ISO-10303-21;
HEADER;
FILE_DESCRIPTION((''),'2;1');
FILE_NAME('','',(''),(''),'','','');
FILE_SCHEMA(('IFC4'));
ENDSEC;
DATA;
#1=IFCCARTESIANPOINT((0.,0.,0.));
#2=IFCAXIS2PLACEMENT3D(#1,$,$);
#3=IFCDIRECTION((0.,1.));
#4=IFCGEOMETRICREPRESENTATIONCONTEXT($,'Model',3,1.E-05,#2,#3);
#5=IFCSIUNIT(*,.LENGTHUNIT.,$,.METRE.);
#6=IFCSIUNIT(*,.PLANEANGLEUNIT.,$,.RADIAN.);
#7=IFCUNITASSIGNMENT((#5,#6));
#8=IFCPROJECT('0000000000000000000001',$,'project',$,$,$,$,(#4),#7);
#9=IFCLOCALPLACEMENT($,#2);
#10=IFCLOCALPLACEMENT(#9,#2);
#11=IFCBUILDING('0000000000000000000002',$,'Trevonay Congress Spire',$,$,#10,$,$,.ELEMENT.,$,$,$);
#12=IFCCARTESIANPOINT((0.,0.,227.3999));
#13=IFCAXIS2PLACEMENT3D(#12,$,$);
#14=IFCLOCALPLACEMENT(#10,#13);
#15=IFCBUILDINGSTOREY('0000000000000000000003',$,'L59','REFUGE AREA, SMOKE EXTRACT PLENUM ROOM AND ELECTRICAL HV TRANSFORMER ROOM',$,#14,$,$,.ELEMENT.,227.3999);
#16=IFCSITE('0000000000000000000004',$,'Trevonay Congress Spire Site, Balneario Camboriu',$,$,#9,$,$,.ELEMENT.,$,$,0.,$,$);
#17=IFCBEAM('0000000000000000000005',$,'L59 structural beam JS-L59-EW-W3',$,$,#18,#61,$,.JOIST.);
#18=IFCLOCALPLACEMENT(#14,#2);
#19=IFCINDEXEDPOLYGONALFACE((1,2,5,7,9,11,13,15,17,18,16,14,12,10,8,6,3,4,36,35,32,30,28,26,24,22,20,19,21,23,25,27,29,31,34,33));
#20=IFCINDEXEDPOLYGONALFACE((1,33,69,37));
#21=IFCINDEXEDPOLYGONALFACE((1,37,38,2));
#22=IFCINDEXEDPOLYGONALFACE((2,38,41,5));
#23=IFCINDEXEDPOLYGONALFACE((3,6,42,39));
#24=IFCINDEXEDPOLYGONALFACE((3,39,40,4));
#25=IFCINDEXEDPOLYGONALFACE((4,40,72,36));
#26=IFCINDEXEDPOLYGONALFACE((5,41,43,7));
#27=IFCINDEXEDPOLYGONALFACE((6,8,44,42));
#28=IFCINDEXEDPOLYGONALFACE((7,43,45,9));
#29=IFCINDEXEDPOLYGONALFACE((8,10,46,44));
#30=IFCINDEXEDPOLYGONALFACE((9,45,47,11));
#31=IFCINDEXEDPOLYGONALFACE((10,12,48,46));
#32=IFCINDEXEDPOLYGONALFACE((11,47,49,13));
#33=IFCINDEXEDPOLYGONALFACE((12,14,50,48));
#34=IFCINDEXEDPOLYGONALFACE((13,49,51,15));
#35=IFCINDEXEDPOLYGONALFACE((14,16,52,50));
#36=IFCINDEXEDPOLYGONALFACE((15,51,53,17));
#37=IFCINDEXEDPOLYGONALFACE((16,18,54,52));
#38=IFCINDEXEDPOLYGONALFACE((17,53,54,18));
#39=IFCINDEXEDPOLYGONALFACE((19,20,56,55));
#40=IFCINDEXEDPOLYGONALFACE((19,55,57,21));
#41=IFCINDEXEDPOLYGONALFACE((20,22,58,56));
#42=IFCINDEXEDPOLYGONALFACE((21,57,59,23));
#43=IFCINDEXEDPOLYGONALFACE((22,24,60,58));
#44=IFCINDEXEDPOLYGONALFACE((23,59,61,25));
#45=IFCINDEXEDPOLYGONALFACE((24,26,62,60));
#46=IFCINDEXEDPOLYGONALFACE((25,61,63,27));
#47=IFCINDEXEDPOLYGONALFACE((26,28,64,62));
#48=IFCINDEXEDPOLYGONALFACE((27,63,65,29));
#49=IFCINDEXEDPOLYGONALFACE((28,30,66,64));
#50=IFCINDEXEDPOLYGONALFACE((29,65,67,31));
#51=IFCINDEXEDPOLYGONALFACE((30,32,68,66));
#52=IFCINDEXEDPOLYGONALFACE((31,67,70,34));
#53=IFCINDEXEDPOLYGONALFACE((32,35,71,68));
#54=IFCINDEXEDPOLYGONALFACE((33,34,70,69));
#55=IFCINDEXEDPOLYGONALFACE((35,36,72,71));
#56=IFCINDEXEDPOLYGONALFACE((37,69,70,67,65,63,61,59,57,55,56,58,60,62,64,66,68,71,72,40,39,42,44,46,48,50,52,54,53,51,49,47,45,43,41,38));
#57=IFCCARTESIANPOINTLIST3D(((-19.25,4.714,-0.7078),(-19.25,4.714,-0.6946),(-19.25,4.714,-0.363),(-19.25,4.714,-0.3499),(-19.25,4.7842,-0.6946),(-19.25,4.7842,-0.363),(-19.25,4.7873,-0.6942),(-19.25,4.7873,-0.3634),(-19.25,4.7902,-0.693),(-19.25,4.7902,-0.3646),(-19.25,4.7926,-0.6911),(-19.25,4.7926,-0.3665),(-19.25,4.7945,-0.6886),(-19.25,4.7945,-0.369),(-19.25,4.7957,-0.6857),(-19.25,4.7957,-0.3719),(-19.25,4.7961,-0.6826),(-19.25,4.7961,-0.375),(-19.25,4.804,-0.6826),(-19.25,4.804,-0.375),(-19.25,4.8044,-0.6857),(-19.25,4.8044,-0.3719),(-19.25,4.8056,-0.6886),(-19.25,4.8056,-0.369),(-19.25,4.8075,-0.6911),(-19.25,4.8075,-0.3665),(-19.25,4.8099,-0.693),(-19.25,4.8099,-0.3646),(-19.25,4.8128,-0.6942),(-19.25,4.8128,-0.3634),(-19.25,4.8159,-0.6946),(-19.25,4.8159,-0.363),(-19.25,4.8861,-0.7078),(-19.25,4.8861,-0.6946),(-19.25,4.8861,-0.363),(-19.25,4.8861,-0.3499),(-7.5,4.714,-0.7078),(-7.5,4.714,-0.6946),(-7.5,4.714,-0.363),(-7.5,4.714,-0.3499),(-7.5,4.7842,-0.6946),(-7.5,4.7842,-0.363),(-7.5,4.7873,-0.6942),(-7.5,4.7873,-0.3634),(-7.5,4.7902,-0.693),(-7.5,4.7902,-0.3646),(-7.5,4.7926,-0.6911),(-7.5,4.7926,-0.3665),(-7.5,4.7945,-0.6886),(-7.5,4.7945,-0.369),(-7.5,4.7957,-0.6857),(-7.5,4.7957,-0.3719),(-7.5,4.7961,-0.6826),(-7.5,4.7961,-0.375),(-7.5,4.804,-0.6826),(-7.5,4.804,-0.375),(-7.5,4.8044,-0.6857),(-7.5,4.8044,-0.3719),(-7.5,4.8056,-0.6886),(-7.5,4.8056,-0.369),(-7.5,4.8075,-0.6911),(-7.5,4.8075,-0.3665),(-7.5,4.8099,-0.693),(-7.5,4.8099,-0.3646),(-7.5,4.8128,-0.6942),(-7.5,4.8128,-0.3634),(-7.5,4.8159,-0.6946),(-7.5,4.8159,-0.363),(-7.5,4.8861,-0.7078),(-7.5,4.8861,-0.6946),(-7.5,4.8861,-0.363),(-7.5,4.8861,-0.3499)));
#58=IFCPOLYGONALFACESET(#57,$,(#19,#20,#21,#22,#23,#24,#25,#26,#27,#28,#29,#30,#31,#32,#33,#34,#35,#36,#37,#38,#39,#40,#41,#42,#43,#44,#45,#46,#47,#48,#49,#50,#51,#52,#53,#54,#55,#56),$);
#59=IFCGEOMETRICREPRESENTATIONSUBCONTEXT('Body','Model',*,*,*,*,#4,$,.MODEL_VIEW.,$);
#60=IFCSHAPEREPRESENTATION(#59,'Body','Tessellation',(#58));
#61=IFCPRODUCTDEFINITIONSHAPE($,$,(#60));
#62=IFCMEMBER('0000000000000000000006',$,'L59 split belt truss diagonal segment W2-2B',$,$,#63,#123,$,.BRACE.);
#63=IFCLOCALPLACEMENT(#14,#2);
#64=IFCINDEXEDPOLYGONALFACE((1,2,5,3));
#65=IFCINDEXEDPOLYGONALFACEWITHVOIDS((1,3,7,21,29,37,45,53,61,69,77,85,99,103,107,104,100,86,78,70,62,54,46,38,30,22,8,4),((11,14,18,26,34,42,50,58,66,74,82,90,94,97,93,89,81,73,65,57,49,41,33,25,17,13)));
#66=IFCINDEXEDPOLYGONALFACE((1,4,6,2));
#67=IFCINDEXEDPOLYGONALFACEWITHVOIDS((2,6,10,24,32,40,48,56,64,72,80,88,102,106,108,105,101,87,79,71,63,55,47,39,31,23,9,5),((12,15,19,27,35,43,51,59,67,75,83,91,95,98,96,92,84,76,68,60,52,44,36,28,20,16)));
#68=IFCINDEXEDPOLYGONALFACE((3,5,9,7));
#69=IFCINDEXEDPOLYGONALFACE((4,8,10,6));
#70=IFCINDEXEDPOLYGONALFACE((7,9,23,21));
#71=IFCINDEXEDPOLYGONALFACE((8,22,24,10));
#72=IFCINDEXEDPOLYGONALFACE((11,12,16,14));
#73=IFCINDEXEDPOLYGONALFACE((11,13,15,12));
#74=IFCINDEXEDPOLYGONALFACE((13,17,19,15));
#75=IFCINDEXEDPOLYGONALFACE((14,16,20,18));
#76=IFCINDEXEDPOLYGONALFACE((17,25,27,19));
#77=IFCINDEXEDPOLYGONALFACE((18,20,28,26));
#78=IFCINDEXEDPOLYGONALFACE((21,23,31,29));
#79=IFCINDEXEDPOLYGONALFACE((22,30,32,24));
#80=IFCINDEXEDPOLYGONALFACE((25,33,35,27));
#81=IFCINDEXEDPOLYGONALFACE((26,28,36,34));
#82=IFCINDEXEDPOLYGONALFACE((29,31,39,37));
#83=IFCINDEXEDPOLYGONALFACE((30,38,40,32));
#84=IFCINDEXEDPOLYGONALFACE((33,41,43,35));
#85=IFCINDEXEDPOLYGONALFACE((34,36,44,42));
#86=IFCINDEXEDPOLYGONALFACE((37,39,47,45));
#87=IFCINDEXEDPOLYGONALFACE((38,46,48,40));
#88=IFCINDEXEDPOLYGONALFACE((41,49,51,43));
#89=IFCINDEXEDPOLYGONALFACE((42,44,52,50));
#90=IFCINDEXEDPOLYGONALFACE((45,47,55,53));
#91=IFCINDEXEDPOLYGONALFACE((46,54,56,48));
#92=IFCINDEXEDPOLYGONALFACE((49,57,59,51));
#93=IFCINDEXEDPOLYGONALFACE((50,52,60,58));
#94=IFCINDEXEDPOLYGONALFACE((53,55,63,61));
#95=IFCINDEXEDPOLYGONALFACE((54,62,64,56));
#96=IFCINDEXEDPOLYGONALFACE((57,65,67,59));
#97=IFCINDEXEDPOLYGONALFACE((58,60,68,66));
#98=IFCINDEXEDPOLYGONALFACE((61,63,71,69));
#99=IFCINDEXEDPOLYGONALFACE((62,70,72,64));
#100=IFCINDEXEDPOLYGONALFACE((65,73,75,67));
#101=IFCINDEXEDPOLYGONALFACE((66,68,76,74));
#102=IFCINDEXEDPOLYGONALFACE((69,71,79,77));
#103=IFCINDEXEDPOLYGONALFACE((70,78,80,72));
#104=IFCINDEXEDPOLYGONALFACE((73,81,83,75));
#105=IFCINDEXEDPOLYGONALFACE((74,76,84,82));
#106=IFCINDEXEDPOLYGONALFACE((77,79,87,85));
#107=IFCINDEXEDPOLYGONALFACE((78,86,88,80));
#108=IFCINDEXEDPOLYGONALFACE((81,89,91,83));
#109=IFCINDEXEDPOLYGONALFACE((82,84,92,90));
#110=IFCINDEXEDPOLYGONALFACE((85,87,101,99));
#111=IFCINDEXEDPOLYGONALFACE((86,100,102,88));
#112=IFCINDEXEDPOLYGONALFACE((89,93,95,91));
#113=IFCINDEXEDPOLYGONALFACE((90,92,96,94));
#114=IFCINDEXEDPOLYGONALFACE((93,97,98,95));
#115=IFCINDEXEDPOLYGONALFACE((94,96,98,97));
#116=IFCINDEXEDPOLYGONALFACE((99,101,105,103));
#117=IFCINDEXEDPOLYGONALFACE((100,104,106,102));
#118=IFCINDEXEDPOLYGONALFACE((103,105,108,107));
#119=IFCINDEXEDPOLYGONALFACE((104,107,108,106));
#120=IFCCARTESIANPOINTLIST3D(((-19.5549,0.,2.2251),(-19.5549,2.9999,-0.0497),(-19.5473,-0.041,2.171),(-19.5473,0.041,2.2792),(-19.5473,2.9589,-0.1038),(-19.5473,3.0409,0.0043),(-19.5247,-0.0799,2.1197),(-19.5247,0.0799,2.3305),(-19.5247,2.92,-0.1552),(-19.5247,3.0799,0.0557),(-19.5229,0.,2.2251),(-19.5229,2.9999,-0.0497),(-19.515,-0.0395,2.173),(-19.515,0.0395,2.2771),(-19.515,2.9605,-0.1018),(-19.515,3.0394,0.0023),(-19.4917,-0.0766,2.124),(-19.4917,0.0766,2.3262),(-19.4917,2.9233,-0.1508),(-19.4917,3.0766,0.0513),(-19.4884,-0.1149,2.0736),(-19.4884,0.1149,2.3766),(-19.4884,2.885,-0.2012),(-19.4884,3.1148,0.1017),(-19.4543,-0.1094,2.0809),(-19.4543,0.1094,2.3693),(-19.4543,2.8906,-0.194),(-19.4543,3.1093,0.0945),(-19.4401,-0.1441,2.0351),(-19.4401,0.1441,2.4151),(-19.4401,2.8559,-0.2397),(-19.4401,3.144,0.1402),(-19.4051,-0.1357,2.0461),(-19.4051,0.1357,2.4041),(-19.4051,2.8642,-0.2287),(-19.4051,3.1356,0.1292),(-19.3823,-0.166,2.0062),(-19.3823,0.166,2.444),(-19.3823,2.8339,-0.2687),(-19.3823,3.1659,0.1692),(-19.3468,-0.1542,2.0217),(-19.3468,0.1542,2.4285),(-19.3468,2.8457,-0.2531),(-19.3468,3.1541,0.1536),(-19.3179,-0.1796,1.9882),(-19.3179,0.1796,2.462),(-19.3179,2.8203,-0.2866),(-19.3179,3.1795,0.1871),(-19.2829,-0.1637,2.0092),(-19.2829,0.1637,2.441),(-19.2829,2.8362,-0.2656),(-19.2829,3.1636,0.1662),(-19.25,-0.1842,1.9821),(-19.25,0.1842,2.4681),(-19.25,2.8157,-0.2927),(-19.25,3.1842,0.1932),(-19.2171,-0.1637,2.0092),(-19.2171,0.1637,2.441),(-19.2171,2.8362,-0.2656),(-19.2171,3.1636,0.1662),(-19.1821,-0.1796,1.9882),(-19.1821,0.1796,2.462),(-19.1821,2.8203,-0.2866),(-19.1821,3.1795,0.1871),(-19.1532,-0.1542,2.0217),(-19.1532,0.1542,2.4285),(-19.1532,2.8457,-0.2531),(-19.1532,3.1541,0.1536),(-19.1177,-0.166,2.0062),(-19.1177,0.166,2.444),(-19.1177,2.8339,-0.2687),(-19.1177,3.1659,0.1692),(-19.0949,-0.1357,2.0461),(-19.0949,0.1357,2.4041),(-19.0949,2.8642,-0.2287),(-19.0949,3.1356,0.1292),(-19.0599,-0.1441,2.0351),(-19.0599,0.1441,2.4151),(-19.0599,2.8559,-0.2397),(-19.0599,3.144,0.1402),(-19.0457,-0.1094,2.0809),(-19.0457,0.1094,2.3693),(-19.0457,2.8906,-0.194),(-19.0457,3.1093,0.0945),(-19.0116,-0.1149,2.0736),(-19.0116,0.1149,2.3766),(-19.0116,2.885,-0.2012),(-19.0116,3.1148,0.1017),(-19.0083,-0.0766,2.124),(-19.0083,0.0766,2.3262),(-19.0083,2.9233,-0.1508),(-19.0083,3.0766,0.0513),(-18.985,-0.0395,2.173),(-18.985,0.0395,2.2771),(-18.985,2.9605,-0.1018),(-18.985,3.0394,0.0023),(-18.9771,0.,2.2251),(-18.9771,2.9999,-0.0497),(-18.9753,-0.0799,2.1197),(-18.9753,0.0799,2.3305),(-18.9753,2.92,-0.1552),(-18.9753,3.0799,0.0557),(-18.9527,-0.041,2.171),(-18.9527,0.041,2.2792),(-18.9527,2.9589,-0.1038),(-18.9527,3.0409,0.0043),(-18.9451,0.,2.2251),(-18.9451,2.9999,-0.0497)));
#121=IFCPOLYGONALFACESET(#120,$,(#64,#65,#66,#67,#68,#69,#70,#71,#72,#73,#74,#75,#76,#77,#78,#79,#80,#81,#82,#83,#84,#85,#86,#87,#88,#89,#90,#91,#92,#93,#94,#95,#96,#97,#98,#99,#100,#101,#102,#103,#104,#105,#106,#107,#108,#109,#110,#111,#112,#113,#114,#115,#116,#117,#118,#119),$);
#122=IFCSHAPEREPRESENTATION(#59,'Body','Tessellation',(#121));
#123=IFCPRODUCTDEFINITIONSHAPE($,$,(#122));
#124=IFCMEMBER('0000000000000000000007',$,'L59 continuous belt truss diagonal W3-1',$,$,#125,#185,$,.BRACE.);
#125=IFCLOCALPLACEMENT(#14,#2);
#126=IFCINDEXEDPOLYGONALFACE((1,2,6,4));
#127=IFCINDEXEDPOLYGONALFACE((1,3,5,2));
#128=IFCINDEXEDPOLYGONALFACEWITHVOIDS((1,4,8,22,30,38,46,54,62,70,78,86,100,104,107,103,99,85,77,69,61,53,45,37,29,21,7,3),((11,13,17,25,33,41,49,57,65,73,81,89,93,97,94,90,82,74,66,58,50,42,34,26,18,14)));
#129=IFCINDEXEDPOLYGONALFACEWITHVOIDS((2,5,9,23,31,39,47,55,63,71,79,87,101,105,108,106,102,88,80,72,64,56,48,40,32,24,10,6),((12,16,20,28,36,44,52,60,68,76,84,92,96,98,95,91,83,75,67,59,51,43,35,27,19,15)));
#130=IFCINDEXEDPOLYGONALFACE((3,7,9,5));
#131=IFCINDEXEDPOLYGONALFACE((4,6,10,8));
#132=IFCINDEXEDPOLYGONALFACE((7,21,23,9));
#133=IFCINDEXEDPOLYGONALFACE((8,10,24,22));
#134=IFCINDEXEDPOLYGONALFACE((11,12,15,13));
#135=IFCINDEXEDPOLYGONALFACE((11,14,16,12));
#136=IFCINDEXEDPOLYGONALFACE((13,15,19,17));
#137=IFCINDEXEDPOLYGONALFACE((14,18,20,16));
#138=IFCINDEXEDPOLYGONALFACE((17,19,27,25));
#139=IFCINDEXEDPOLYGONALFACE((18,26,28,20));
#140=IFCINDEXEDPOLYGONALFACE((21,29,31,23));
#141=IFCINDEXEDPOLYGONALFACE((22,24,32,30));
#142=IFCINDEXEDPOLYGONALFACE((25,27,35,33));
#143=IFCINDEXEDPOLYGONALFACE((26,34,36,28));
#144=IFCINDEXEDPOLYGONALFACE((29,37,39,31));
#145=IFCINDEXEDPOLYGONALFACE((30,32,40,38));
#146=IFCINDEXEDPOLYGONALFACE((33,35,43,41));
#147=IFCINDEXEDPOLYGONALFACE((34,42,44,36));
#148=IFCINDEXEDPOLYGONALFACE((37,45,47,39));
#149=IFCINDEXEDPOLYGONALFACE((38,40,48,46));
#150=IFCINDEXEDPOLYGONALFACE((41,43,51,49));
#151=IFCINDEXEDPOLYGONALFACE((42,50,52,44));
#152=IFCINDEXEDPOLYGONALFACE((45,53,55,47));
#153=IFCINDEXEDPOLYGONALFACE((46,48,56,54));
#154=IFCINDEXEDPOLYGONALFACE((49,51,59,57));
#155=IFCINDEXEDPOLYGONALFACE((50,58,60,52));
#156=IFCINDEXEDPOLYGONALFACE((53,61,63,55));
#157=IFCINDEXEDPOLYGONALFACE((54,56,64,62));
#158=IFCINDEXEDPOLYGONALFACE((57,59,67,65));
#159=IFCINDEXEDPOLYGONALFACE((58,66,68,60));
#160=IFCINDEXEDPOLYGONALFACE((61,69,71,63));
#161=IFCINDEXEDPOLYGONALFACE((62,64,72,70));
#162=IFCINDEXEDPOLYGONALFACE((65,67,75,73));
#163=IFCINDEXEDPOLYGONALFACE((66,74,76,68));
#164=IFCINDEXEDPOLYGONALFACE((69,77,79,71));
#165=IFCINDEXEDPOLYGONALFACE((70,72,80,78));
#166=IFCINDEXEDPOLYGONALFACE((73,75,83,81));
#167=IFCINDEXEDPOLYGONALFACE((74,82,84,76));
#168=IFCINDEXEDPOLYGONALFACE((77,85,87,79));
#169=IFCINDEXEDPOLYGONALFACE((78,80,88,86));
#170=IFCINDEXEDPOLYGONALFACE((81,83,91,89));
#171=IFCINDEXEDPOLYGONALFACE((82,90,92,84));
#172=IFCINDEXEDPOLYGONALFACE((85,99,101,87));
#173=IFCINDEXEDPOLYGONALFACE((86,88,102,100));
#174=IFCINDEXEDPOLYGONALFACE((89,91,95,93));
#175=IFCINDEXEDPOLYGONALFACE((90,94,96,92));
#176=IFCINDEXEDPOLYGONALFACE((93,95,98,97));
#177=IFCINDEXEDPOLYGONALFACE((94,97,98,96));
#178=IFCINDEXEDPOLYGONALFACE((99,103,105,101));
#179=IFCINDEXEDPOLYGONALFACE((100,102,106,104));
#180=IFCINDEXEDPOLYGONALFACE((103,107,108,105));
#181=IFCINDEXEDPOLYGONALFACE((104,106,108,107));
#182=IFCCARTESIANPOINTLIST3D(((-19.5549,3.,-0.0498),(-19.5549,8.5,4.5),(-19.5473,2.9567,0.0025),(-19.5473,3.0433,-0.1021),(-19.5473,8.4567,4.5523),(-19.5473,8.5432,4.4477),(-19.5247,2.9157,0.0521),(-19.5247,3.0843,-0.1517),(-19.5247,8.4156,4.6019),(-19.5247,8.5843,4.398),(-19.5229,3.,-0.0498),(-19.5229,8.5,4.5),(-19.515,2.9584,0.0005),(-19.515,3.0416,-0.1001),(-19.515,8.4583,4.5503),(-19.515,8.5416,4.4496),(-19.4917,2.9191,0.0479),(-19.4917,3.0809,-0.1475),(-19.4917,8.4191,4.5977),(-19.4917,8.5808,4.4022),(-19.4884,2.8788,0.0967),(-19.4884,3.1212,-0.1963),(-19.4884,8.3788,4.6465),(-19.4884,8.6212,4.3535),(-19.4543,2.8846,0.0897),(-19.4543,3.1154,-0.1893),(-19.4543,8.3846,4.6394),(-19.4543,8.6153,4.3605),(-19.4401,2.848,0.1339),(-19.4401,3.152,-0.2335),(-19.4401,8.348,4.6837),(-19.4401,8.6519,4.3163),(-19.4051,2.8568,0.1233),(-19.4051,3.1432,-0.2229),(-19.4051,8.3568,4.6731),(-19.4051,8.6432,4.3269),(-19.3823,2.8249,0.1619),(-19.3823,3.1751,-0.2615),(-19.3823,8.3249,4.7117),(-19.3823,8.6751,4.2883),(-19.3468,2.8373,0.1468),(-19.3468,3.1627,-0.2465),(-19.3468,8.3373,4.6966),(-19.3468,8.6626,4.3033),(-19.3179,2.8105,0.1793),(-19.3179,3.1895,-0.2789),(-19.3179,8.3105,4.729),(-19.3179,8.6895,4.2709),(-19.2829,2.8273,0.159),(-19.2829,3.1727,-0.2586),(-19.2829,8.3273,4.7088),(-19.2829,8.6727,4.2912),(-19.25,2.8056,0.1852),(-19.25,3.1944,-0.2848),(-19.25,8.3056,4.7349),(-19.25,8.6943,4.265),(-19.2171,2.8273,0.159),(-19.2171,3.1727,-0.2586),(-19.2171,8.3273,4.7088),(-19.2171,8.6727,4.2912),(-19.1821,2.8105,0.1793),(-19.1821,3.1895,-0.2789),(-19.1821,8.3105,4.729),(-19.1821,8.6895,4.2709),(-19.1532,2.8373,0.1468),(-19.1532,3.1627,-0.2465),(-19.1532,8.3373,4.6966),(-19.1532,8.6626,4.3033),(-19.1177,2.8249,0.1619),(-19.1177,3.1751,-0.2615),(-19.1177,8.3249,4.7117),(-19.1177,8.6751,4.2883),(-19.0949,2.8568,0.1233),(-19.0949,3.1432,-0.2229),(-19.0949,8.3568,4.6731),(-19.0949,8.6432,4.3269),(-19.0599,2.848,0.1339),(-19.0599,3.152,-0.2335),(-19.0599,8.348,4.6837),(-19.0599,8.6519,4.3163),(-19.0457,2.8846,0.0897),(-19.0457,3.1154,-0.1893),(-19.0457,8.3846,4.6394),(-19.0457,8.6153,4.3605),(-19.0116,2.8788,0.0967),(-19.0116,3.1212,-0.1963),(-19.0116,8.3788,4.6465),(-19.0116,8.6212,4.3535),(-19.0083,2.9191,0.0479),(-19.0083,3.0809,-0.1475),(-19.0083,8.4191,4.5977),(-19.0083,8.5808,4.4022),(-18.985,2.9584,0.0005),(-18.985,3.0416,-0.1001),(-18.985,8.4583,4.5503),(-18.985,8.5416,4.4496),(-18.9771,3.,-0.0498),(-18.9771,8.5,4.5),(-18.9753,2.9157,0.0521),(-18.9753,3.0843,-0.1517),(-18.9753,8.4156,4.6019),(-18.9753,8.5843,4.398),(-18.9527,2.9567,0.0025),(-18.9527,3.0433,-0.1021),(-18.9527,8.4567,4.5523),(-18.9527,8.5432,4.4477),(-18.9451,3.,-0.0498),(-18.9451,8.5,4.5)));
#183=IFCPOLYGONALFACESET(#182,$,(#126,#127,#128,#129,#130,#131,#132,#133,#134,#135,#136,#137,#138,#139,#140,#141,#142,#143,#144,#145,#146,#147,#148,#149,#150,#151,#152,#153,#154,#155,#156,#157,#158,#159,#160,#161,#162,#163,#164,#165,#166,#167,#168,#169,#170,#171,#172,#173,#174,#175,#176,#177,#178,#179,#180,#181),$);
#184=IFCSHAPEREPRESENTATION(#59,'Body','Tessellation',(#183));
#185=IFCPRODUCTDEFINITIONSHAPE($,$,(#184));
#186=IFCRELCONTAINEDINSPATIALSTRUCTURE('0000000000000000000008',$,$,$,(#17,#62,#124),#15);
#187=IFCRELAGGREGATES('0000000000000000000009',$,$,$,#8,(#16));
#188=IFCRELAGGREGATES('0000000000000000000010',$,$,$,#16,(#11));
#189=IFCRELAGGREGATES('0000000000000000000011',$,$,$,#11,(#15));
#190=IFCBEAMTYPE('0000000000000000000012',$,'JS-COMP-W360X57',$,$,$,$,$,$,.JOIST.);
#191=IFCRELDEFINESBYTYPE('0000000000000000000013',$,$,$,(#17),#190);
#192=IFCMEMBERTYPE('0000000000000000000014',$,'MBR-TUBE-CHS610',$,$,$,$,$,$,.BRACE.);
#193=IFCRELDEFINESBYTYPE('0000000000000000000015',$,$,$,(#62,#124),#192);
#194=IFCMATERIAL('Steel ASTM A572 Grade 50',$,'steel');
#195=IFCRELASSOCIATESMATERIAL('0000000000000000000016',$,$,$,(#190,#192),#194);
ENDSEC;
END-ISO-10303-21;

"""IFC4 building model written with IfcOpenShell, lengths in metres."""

from ifc_helpers import new_model, si_unit, direction, frame, origin, origin_2d, place, context, subcontext, project, spatial, hollow_circle, i_section, extrude, material, material_profile, profile_set, type_object, element, save


model = new_model("IFC4")

# Units and contexts
model_context = context("Model", 3, precision=1e-05, world=origin(), true_north=direction((0.0, 1.0)))
body_context = subcontext(model_context, "Body", "Model", "MODEL_VIEW")
ifc_project = project(units=[si_unit("LENGTHUNIT", "METRE"), si_unit("PLANEANGLEUNIT", "RADIAN")], contexts=[model_context])

# Site, building, storey
site_placement = place(None, origin())
site = spatial("IfcSite", under=ifc_project, at=site_placement, Name="Trevonay Congress Spire Site, Balneario Camboriu", CompositionType="ELEMENT", RefElevation=0.0)
building_placement = place(site_placement, origin())
building = spatial("IfcBuilding", under=site, at=building_placement, Name="Trevonay Congress Spire", CompositionType="ELEMENT")
storey_placement = place(building_placement, frame((0.0, 0.0, 227.3999)))
storey = spatial("IfcBuildingStorey", under=building, at=storey_placement, Name="L59", Description="REFUGE AREA, SMOKE EXTRACT PLENUM ROOM AND ELECTRICAL HV TRANSFORMER ROOM", CompositionType="ELEMENT", Elevation=227.3999)

# Shared definitions
ifc_material_1 = material(Name="Steel ASTM A572 Grade 50", Category="steel")

# Beam
ifc_material_profile_1 = material_profile(ifc_material_1, i_section(OverallWidth=0.1721, OverallDepth=0.3579, WebThickness=0.0078, FlangeThickness=0.0132, FilletRadius=0.012, at=origin_2d()), Name="W360x57.8")
ifc_profile_set_1 = profile_set([ifc_material_profile_1], Name="Steel ASTM A572 Grade 50")
beam_type_1 = type_object("IfcBeamType", Name="JS-COMP-W360X57", PredefinedType="JOIST", material=ifc_profile_set_1)
for number, where, z_axis, x_axis, name in (
    (1, (-19.25, 4.8, -0.5288), (1.0, 0.0, 0.0), (0.0, 1.0, 0.0), "L59 structural beam JS-L59-EW-W3"),
):
    element("IfcBeam", number, at=place(storey_placement, frame(where, z_axis=z_axis, x_axis=x_axis)), inside=storey, type_object=beam_type_1, Name=name, PredefinedType="JOIST", context=body_context, shape_type="SweptSolid", body=[
        extrude(i_section(OverallWidth=0.1721, OverallDepth=0.3579, WebThickness=0.0078, FlangeThickness=0.0132, FilletRadius=0.012, at=origin_2d()), origin(), (0.0, 0.0, 1.0), 11.75),
    ])

# Members
ifc_material_profile_2 = material_profile(ifc_material_1, hollow_circle(Radius=0.3049, WallThickness=0.032, at=origin_2d()), Name="CHS 610x32")
ifc_profile_set_2 = profile_set([ifc_material_profile_2], Name="Steel ASTM A572 Grade 50")
member_type = type_object("IfcMemberType", Name="MBR-TUBE-CHS610", PredefinedType="BRACE", material=ifc_profile_set_2)
member_1_placement = place(storey_placement, frame((-19.25, 0.0, 2.2251), z_axis=(0.0, 0.796814, -0.604225), x_axis=(-1.0, 0.0, 0.0)))
element("IfcMember", 2, at=member_1_placement, inside=storey, type_object=member_type, Name="L59 split belt truss diagonal segment W2-2B", PredefinedType="BRACE", context=body_context, shape_type="SweptSolid", body=[
    extrude(hollow_circle(Radius=0.3049, WallThickness=0.032, at=origin_2d()), origin(), (0.0, 0.0, 1.0), 3.7649),
])
member_2_placement = place(storey_placement, frame((-19.25, 3.0, -0.0498), z_axis=(0.0, 0.770526, 0.637408), x_axis=(-1.0, 0.0, 0.0)))
element("IfcMember", 3, at=member_2_placement, inside=storey, type_object=member_type, Name="L59 continuous belt truss diagonal W3-1", PredefinedType="BRACE", context=body_context, shape_type="SweptSolid", body=[
    extrude(hollow_circle(Radius=0.3049, WallThickness=0.032, at=origin_2d()), origin(), (0.0, 0.0, 1.0), 7.1379),
])

save(model, "model.ifc")
